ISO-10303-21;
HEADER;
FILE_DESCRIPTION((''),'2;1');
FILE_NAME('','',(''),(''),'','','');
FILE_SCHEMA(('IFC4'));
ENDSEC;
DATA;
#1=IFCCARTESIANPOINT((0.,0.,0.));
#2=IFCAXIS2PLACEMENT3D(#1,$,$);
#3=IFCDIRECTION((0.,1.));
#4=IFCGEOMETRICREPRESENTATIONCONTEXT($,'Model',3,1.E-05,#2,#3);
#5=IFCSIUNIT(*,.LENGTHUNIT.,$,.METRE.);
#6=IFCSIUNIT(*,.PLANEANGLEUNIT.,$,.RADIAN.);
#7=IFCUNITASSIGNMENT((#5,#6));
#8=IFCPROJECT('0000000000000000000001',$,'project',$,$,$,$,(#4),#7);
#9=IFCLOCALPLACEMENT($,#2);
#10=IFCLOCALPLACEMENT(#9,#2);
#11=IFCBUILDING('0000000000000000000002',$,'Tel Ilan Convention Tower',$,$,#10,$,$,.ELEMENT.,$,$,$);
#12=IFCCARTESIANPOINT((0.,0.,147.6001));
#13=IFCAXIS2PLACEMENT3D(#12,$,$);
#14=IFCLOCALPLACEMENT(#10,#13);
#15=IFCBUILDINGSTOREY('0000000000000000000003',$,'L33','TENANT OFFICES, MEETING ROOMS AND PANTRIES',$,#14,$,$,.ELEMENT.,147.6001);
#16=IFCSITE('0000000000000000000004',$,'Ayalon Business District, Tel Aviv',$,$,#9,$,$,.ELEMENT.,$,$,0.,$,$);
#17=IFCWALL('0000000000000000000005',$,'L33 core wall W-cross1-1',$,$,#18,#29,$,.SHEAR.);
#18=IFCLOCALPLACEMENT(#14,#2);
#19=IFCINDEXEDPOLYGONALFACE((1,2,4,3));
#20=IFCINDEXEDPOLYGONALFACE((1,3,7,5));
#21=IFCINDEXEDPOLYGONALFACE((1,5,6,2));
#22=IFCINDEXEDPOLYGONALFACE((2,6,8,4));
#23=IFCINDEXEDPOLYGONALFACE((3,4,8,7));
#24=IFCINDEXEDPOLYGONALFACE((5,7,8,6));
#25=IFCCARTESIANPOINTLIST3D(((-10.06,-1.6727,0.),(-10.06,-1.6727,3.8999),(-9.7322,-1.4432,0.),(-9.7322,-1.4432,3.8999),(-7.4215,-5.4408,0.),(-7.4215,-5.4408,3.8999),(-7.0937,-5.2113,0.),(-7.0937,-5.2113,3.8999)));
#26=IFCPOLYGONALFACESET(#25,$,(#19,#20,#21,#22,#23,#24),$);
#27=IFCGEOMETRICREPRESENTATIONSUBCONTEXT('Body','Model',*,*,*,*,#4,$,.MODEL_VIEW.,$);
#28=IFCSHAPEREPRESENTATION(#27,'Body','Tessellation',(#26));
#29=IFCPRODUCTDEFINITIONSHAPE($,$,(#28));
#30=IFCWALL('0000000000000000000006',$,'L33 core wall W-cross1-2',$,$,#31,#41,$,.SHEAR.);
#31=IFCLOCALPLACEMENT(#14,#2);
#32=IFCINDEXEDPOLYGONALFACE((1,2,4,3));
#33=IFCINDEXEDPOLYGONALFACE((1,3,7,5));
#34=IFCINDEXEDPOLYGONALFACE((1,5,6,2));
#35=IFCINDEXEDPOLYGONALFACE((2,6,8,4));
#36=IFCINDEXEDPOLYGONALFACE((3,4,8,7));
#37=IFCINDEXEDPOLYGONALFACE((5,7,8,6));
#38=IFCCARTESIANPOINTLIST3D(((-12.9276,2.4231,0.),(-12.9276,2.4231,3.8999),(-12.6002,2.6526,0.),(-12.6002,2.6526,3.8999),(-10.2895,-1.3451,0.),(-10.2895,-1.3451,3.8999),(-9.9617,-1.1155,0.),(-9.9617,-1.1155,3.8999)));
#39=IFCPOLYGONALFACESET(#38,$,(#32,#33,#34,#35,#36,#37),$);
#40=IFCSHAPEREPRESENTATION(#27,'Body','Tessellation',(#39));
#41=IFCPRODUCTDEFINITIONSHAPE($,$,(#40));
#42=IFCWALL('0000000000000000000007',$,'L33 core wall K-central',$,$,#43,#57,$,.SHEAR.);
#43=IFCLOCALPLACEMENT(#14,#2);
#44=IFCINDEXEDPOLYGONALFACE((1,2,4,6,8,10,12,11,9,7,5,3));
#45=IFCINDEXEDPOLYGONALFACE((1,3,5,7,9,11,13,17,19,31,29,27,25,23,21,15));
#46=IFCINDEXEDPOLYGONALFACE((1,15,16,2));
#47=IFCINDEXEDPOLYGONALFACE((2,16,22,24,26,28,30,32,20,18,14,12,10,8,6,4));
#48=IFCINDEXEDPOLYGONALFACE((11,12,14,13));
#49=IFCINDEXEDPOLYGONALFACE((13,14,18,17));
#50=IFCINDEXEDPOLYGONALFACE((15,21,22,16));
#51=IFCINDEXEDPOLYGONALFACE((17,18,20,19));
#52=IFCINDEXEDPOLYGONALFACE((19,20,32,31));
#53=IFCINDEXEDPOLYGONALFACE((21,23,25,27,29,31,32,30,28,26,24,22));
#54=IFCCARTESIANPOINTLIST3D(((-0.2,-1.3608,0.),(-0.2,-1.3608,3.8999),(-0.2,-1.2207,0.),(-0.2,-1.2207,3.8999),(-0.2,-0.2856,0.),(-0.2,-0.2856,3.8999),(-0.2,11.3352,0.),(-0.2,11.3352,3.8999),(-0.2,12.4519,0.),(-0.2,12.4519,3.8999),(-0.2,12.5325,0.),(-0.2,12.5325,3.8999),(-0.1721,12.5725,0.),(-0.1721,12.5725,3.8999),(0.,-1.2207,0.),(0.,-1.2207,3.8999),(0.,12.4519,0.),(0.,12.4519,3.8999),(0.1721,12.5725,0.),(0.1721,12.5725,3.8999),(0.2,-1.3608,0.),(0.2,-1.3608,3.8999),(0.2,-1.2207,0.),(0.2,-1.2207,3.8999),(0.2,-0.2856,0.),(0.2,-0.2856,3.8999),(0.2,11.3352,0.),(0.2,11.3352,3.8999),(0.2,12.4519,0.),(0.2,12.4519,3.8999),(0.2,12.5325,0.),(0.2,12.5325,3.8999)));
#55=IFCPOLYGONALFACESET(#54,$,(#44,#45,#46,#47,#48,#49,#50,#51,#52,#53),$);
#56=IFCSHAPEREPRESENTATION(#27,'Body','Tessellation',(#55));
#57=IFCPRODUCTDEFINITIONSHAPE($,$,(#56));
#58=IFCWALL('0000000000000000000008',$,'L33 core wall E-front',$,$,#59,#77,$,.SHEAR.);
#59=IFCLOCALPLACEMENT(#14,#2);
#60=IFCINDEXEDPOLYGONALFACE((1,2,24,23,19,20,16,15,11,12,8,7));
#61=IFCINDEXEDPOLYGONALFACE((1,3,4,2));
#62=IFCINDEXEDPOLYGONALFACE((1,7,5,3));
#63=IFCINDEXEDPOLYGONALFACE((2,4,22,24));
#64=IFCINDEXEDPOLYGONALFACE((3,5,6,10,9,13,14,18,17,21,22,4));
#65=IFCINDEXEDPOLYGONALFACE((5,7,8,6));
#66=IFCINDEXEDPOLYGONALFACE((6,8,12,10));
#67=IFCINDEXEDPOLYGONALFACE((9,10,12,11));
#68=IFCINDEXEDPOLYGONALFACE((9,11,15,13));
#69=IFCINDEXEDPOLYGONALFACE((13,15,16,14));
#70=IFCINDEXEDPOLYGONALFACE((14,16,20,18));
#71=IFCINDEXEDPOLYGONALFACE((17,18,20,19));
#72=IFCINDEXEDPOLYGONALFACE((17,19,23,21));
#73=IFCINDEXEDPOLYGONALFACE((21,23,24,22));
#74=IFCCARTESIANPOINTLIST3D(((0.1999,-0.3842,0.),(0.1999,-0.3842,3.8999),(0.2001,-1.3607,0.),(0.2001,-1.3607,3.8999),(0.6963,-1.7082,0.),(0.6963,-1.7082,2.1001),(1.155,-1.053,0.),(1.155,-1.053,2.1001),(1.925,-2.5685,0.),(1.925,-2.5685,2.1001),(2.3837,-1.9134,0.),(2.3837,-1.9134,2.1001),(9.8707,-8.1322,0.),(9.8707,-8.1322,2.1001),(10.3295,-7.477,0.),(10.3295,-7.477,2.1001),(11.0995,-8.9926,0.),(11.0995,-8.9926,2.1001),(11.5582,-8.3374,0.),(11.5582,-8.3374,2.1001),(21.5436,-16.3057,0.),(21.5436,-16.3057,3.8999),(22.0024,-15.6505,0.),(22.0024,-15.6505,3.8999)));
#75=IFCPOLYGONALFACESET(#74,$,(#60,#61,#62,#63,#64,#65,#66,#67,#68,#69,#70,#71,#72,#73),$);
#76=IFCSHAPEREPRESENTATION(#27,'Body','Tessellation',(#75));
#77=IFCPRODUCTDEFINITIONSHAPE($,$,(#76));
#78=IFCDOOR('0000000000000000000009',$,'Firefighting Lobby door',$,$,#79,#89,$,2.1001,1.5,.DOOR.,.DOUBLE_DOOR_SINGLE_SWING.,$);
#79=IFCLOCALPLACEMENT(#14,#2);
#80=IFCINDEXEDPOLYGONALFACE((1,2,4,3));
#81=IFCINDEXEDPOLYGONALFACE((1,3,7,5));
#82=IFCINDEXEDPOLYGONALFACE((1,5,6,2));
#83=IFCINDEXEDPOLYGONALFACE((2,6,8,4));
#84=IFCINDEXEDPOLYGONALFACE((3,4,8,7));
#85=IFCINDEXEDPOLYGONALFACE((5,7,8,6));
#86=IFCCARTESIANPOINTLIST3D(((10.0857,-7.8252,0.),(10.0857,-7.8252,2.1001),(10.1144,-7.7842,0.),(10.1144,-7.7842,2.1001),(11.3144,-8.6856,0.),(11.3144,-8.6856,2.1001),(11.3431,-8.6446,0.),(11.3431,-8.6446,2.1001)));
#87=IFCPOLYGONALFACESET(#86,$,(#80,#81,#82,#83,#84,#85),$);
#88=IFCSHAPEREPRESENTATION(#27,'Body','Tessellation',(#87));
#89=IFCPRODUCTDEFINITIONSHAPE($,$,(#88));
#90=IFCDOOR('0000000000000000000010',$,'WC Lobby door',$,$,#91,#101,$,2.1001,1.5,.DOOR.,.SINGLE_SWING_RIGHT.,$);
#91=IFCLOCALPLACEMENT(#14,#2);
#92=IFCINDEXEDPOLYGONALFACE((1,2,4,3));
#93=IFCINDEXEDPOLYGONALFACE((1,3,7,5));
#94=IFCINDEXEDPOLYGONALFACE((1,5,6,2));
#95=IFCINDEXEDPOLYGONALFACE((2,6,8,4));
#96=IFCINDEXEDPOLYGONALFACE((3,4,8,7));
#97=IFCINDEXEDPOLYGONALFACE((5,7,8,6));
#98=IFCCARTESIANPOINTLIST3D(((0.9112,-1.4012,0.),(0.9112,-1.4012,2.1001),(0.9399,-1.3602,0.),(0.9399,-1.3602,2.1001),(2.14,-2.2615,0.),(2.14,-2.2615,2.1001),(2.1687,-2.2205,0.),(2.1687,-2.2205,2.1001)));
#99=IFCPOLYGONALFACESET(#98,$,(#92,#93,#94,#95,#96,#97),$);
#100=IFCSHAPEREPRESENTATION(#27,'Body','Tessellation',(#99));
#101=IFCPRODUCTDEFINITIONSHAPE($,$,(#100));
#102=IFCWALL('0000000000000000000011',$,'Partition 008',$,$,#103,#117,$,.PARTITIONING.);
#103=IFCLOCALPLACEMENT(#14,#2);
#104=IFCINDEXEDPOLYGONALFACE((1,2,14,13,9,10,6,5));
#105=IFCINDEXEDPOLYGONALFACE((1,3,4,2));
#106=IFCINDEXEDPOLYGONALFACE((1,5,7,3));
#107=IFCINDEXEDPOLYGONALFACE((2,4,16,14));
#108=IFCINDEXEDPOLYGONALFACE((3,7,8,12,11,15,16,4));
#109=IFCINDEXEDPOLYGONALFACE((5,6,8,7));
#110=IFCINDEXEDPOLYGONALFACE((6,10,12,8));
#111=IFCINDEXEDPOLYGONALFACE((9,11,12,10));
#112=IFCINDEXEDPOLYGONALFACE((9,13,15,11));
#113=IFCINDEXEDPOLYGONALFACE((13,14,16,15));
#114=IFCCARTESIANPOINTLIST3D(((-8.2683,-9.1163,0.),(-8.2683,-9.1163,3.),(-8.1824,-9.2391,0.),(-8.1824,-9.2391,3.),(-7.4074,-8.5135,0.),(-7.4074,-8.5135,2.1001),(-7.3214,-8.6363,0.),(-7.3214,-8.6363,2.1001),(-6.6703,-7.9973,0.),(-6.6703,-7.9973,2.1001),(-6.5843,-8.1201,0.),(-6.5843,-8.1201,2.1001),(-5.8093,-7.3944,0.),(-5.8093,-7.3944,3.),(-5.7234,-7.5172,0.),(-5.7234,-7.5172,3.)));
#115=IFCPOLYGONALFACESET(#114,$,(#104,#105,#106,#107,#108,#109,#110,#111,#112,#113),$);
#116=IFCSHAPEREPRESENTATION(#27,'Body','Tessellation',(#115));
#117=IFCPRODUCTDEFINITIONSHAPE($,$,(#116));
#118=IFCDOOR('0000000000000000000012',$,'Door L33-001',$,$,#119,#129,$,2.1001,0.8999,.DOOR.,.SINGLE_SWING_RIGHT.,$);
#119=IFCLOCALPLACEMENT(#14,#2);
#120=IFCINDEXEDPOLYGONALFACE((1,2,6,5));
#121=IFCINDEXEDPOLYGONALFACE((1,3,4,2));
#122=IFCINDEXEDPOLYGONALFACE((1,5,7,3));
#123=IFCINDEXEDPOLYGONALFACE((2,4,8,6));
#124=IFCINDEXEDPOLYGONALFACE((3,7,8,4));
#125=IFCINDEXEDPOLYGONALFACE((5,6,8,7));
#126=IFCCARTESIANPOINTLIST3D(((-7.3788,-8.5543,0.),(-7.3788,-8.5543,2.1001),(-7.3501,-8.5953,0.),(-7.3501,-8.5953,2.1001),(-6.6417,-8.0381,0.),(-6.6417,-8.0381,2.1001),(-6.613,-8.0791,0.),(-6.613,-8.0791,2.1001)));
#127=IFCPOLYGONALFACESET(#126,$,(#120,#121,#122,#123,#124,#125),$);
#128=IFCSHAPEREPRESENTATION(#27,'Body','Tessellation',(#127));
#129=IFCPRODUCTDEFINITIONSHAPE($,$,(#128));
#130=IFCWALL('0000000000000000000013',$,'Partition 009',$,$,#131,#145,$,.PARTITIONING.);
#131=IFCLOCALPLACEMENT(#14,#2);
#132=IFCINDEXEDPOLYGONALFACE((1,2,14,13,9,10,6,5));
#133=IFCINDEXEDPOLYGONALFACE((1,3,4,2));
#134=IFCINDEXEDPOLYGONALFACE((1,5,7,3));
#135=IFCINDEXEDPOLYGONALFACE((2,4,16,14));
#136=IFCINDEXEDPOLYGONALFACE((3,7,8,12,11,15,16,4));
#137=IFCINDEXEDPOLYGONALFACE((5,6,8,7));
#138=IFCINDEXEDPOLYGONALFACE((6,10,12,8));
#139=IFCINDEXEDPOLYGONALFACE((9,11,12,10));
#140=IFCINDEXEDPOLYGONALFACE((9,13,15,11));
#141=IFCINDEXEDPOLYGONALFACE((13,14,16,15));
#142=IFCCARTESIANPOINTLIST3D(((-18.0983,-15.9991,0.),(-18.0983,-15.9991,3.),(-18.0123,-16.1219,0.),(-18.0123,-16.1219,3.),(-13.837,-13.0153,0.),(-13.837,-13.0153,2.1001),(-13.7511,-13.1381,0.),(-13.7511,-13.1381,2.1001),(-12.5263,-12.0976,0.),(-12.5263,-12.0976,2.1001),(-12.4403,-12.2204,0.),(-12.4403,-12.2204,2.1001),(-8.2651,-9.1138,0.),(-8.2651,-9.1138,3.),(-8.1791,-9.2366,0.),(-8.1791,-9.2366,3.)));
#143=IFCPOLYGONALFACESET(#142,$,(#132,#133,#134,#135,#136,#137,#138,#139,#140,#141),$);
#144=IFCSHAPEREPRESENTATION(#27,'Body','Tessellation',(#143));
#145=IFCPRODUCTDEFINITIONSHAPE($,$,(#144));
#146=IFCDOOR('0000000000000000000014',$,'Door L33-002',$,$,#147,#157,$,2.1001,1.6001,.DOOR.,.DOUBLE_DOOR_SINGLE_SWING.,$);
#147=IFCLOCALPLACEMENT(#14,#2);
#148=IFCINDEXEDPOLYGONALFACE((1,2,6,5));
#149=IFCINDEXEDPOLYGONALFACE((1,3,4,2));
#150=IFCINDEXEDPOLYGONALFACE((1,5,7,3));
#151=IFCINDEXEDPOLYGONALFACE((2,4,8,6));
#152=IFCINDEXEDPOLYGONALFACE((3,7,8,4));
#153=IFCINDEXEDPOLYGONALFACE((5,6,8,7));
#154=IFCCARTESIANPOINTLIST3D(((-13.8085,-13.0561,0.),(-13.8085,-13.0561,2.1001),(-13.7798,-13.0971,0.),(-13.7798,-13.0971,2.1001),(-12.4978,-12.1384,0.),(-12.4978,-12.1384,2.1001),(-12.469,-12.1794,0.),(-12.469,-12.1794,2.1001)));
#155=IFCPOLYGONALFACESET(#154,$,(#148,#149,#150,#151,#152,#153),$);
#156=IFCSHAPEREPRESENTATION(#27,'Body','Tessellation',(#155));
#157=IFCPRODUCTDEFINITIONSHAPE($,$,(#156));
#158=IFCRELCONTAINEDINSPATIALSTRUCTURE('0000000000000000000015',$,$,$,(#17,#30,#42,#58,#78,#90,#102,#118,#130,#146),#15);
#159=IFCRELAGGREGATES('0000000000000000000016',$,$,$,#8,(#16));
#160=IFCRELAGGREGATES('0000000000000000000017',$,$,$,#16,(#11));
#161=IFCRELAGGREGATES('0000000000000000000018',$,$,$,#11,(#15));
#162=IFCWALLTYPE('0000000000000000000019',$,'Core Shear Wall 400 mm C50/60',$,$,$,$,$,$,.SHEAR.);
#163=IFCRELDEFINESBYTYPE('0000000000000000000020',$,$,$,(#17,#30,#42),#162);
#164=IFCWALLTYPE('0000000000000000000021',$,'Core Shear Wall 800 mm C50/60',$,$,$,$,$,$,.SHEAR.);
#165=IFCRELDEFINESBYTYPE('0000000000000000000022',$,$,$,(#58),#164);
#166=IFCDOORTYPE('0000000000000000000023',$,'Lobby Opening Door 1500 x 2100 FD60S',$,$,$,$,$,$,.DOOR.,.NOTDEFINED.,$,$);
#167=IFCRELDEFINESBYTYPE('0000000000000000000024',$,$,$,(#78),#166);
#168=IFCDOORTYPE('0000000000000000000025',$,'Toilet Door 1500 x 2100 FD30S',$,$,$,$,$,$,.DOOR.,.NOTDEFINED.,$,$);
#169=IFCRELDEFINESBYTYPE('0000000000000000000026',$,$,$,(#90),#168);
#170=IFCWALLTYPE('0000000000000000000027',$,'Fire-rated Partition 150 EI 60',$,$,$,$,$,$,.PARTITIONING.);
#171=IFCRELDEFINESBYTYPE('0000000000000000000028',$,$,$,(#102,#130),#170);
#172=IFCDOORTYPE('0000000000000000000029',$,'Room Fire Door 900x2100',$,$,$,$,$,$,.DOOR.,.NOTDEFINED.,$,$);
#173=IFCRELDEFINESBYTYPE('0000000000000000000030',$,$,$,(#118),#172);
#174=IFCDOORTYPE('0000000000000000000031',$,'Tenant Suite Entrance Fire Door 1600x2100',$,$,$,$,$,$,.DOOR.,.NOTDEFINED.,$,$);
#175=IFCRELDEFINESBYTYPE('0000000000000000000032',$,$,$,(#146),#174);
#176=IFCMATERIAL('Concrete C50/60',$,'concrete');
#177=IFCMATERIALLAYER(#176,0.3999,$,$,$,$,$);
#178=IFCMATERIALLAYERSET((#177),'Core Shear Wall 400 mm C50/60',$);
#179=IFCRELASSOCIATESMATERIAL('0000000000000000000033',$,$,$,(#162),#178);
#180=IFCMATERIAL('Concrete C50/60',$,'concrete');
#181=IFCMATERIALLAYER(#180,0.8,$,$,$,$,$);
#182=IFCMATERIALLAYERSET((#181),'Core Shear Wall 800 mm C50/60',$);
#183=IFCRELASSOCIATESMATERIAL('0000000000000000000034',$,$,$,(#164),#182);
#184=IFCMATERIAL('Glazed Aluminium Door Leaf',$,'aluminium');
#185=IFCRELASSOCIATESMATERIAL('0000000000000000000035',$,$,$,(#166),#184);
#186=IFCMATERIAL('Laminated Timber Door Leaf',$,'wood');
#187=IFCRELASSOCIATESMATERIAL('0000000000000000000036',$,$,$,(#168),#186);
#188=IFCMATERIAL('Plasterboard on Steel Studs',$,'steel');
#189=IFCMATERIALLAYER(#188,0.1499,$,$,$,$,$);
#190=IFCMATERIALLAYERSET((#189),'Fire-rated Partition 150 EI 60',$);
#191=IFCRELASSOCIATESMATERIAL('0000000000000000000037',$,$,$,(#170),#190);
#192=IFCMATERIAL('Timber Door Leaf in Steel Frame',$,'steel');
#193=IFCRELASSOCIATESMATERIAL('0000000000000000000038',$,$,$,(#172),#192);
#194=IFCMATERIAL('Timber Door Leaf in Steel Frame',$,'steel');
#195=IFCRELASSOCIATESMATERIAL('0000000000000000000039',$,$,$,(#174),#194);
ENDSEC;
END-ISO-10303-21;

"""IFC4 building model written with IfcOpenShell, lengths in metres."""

from ifc_helpers import new_model, si_unit, direction, frame, frame_2d, origin, place, context, subcontext, project, spatial, polyline, rectangle, outline, extrude, material, layer, layer_set, type_object, element, fill, save


model = new_model("IFC4")

# Units and contexts
model_context = context("Model", 3, precision=1e-05, world=origin(), true_north=direction((0.0, 1.0)))
body_context = subcontext(model_context, "Body", "Model", "MODEL_VIEW")
ifc_project = project(units=[si_unit("LENGTHUNIT", "METRE"), si_unit("PLANEANGLEUNIT", "RADIAN")], contexts=[model_context])

# Site, building, storey
site_placement = place(None, origin())
site = spatial("IfcSite", under=ifc_project, at=site_placement, Name="Ayalon Business District, Tel Aviv", CompositionType="ELEMENT", RefElevation=0.0)
building_placement = place(site_placement, origin())
building = spatial("IfcBuilding", under=site, at=building_placement, Name="Tel Ilan Convention Tower", CompositionType="ELEMENT")
storey_placement = place(building_placement, frame((0.0, 0.0, 147.6001)))
storey = spatial("IfcBuildingStorey", under=building, at=storey_placement, Name="L33", Description="TENANT OFFICES, MEETING ROOMS AND PANTRIES", CompositionType="ELEMENT", Elevation=147.6001)

# Walls
ifc_material_1 = material(Name="Concrete C50/60", Category="concrete")
ifc_layer_1 = layer(ifc_material_1, 0.3999)
ifc_layer_set_1 = layer_set([ifc_layer_1], Name="Core Shear Wall 400 mm C50/60")
wall_type_1 = type_object("IfcWallType", Name="Core Shear Wall 400 mm C50/60", PredefinedType="SHEAR", material=ifc_layer_set_1)
wall_1_placement = place(storey_placement, frame((-7.2578, -5.3259, 0.0), z_axis=(0.0, 0.0, 1.0), x_axis=(-0.573541, 0.819177, 0.0)))
element("IfcWall", 1, at=wall_1_placement, inside=storey, type_object=wall_type_1, Name="L33 core wall W-cross1-1", PredefinedType="SHEAR", context=body_context, shape_type="SweptSolid", body=[
    extrude(outline(polyline([(4.5999, 0.2002), (-0.0002, 0.2), (-0.0002, -0.2002), (4.5999, -0.2), (4.5999, 0.2002)])), origin(), (0.0, 0.0, 1.0), 3.8999),
])
wall_2_placement = place(storey_placement, frame((-10.1255, -1.2302, 0.0), z_axis=(0.0, 0.0, 1.0), x_axis=(-0.573576, 0.819152, 0.0)))
element("IfcWall", 2, at=wall_2_placement, inside=storey, type_object=wall_type_1, Name="L33 core wall W-cross1-2", PredefinedType="SHEAR", context=body_context, shape_type="SweptSolid", body=[
    extrude(outline(polyline([(4.6001, -0.2), (4.5999, 0.2), (0.0, 0.2002), (0.0, -0.2), (4.6001, -0.2)])), origin(), (0.0, 0.0, 1.0), 3.8999),
])
wall_3_placement = place(storey_placement, frame((0.0, -1.3608, 0.0), z_axis=(0.0, 0.0, 1.0), x_axis=(0.0, 1.0, 0.0)))
element("IfcWall", 3, at=wall_3_placement, inside=storey, type_object=wall_type_1, Name="L33 core wall K-central", PredefinedType="SHEAR", context=body_context, shape_type="SweptSolid", body=[
    extrude(outline(polyline([(0.0, -0.2), (0.1401, -0.2), (1.0752, -0.2), (12.696, -0.2), (13.8127, -0.2), (13.8933, -0.2), (13.9333, -0.1721), (13.8127, 0.0), (13.9333, 0.1721), (13.8933, 0.2), (13.8127, 0.2), (12.696, 0.2), (1.0752, 0.2), (0.1401, 0.2), (0.0, 0.2), (0.1401, 0.0), (0.0, -0.2)])), origin(), (0.0, 0.0, 1.0), 3.8999),
])

# Wall, openings, doors
ifc_material_2 = material(Name="Concrete C50/60", Category="concrete")
ifc_layer_2 = layer(ifc_material_2, 0.8)
ifc_layer_set_2 = layer_set([ifc_layer_2], Name="Core Shear Wall 800 mm C50/60")
wall_type_2 = type_object("IfcWallType", Name="Core Shear Wall 800 mm C50/60", PredefinedType="SHEAR", material=ifc_layer_set_2)
wall_4_placement = place(storey_placement, frame((-0.0293, -0.7119, 0.0), z_axis=(0.0, 0.0, 1.0), x_axis=(0.819152, -0.573577, 0.0)))
wall_4 = element("IfcWall", 4, at=wall_4_placement, inside=storey, type_object=wall_type_2, Name="L33 core wall E-front", PredefinedType="SHEAR", context=body_context, shape_type="SweptSolid", body=[
    extrude(outline(polyline([(26.6157, 0.3999), (-0.0002, 0.3999), (0.5601, -0.3999), (26.6157, -0.3999), (26.6157, 0.3999)])), origin(), (0.0, 0.0, 1.0), 3.8999),
])
opening_1_placement = place(wall_4_placement, frame((1.1658, 0.0, 0.0)))
opening_1 = element("IfcOpeningElement", 5, at=opening_1_placement, cuts=wall_4, PredefinedType="OPENING", context=body_context, shape_type="SweptSolid", body=[
    extrude(rectangle(XDim=1.5, YDim=2.1001, at=frame_2d((0.75, 1.05))), frame((0.0, 0.4099, 0.0), z_axis=(0.0, -1.0, 0.0), x_axis=(1.0, 0.0, 0.0)), (0.0, 0.0, 1.0), 0.8201),
])
opening_2_placement = place(wall_4_placement, frame((12.3657, 0.0, 0.0)))
opening_2 = element("IfcOpeningElement", 6, at=opening_2_placement, cuts=wall_4, PredefinedType="OPENING", context=body_context, shape_type="SweptSolid", body=[
    extrude(rectangle(XDim=1.5, YDim=2.1001, at=frame_2d((0.75, 1.05))), frame((0.0, 0.4099, 0.0), z_axis=(0.0, -1.0, 0.0), x_axis=(1.0, 0.0, 0.0)), (0.0, 0.0, 1.0), 0.8201),
])
ifc_material_3 = material(Name="Glazed Aluminium Door Leaf", Category="aluminium")
door_type_1 = type_object("IfcDoorType", Name="Lobby Opening Door 1500 x 2100 FD60S", OperationType="NOTDEFINED", PredefinedType="DOOR", material=ifc_material_3)
door_1_placement = place(opening_2_placement, origin())
door_1 = element("IfcDoor", 7, at=door_1_placement, inside=storey, type_object=door_type_1, Name="Firefighting Lobby door", OperationType="DOUBLE_DOOR_SINGLE_SWING", OverallHeight=2.1001, OverallWidth=1.5, PredefinedType="DOOR", context=body_context, shape_type="SweptSolid", body=[
    extrude(rectangle(XDim=1.5, YDim=2.1001, at=frame_2d((0.75, 1.05))), frame((0.0, 0.0249, 0.0), z_axis=(0.0, -1.0, 0.0), x_axis=(1.0, 0.0, 0.0)), (0.0, 0.0, 1.0), 0.05),
])
fill(opening_2, door_1)
ifc_material_4 = material(Name="Laminated Timber Door Leaf", Category="wood")
door_type_2 = type_object("IfcDoorType", Name="Toilet Door 1500 x 2100 FD30S", OperationType="NOTDEFINED", PredefinedType="DOOR", material=ifc_material_4)
door_2_placement = place(opening_1_placement, origin())
door_2 = element("IfcDoor", 8, at=door_2_placement, inside=storey, type_object=door_type_2, Name="WC Lobby door", OperationType="SINGLE_SWING_RIGHT", OverallHeight=2.1001, OverallWidth=1.5, PredefinedType="DOOR", context=body_context, shape_type="SweptSolid", body=[
    extrude(rectangle(XDim=1.5, YDim=2.1001, at=frame_2d((0.75, 1.05))), frame((0.0, 0.0249, 0.0), z_axis=(0.0, -1.0, 0.0), x_axis=(1.0, 0.0, 0.0)), (0.0, 0.0, 1.0), 0.05),
])
fill(opening_1, door_2)

# Walls, openings, doors
ifc_material_5 = material(Name="Plasterboard on Steel Studs", Category="steel")
ifc_layer_3 = layer(ifc_material_5, 0.1499)
ifc_layer_set_3 = layer_set([ifc_layer_3], Name="Fire-rated Partition 150 EI 60")
wall_type_3 = type_object("IfcWallType", Name="Fire-rated Partition 150 EI 60", PredefinedType="PARTITIONING", material=ifc_layer_set_3)
wall_5_placement = place(storey_placement, frame((-5.7664, -7.4558, 0.0), z_axis=(0.0, 0.0, 1.0), x_axis=(-0.819133, -0.573604, 0.0)))
wall_5 = element("IfcWall", 9, at=wall_5_placement, inside=storey, type_object=wall_type_3, Name="Partition 008", PredefinedType="PARTITIONING", context=body_context, shape_type="SweptSolid", body=[
    extrude(rectangle(XDim=3.002, YDim=0.1499, at=frame_2d((1.501, 0.0))), origin(), (0.0, 0.0, 1.0), 3.0),
])
opening_3_placement = place(wall_5_placement, frame((1.051, 0.0, 0.0)))
opening_3 = element("IfcOpeningElement", 10, at=opening_3_placement, cuts=wall_5, PredefinedType="OPENING", context=body_context, shape_type="SweptSolid", body=[
    extrude(rectangle(XDim=0.8999, YDim=2.1001, at=frame_2d((0.45, 1.05))), frame((0.0, 0.085, 0.0), z_axis=(0.0, -1.0, 0.0), x_axis=(1.0, 0.0, 0.0)), (0.0, 0.0, 1.0), 0.1699),
])
ifc_material_6 = material(Name="Timber Door Leaf in Steel Frame", Category="steel")
door_type_3 = type_object("IfcDoorType", Name="Room Fire Door 900x2100", OperationType="NOTDEFINED", PredefinedType="DOOR", material=ifc_material_6)
door_3_placement = place(opening_3_placement, origin())
door_3 = element("IfcDoor", 11, at=door_3_placement, inside=storey, type_object=door_type_3, Name="Door L33-001", OperationType="SINGLE_SWING_RIGHT", OverallHeight=2.1001, OverallWidth=0.8999, PredefinedType="DOOR", context=body_context, shape_type="SweptSolid", body=[
    extrude(rectangle(XDim=0.8999, YDim=2.1001, at=frame_2d((0.45, 1.05))), frame((0.0, 0.0249, 0.0), z_axis=(0.0, -1.0, 0.0), x_axis=(1.0, 0.0, 0.0)), (0.0, 0.0, 1.0), 0.05),
])
fill(opening_3, door_3)
wall_6_placement = place(storey_placement, frame((-8.2222, -9.1753, 0.0), z_axis=(0.0, 0.0, 1.0), x_axis=(-0.819155, -0.573573, 0.0)))
wall_6 = element("IfcWall", 12, at=wall_6_placement, inside=storey, type_object=wall_type_3, Name="Partition 009", PredefinedType="PARTITIONING", context=body_context, shape_type="SweptSolid", body=[
    extrude(rectangle(XDim=12.0042, YDim=0.1499, at=frame_2d((6.002, 0.0))), origin(), (0.0, 0.0, 1.0), 3.0),
])
opening_4_placement = place(wall_6_placement, frame((5.2019, 0.0, 0.0)))
opening_4 = element("IfcOpeningElement", 13, at=opening_4_placement, cuts=wall_6, PredefinedType="OPENING", context=body_context, shape_type="SweptSolid", body=[
    extrude(rectangle(XDim=1.6001, YDim=2.1001, at=frame_2d((0.8, 1.05))), frame((0.0, 0.085, 0.0), z_axis=(0.0, -1.0, 0.0), x_axis=(1.0, 0.0, 0.0)), (0.0, 0.0, 1.0), 0.1699),
])
ifc_material_7 = material(Name="Timber Door Leaf in Steel Frame", Category="steel")
door_type_4 = type_object("IfcDoorType", Name="Tenant Suite Entrance Fire Door 1600x2100", OperationType="NOTDEFINED", PredefinedType="DOOR", material=ifc_material_7)
door_4_placement = place(opening_4_placement, origin())
door_4 = element("IfcDoor", 14, at=door_4_placement, inside=storey, type_object=door_type_4, Name="Door L33-002", OperationType="DOUBLE_DOOR_SINGLE_SWING", OverallHeight=2.1001, OverallWidth=1.6001, PredefinedType="DOOR", context=body_context, shape_type="SweptSolid", body=[
    extrude(rectangle(XDim=1.6001, YDim=2.1001, at=frame_2d((0.8, 1.05))), frame((0.0, 0.0249, 0.0), z_axis=(0.0, -1.0, 0.0), x_axis=(1.0, 0.0, 0.0)), (0.0, 0.0, 1.0), 0.05),
])
fill(opening_4, door_4)

save(model, "model.ifc")
